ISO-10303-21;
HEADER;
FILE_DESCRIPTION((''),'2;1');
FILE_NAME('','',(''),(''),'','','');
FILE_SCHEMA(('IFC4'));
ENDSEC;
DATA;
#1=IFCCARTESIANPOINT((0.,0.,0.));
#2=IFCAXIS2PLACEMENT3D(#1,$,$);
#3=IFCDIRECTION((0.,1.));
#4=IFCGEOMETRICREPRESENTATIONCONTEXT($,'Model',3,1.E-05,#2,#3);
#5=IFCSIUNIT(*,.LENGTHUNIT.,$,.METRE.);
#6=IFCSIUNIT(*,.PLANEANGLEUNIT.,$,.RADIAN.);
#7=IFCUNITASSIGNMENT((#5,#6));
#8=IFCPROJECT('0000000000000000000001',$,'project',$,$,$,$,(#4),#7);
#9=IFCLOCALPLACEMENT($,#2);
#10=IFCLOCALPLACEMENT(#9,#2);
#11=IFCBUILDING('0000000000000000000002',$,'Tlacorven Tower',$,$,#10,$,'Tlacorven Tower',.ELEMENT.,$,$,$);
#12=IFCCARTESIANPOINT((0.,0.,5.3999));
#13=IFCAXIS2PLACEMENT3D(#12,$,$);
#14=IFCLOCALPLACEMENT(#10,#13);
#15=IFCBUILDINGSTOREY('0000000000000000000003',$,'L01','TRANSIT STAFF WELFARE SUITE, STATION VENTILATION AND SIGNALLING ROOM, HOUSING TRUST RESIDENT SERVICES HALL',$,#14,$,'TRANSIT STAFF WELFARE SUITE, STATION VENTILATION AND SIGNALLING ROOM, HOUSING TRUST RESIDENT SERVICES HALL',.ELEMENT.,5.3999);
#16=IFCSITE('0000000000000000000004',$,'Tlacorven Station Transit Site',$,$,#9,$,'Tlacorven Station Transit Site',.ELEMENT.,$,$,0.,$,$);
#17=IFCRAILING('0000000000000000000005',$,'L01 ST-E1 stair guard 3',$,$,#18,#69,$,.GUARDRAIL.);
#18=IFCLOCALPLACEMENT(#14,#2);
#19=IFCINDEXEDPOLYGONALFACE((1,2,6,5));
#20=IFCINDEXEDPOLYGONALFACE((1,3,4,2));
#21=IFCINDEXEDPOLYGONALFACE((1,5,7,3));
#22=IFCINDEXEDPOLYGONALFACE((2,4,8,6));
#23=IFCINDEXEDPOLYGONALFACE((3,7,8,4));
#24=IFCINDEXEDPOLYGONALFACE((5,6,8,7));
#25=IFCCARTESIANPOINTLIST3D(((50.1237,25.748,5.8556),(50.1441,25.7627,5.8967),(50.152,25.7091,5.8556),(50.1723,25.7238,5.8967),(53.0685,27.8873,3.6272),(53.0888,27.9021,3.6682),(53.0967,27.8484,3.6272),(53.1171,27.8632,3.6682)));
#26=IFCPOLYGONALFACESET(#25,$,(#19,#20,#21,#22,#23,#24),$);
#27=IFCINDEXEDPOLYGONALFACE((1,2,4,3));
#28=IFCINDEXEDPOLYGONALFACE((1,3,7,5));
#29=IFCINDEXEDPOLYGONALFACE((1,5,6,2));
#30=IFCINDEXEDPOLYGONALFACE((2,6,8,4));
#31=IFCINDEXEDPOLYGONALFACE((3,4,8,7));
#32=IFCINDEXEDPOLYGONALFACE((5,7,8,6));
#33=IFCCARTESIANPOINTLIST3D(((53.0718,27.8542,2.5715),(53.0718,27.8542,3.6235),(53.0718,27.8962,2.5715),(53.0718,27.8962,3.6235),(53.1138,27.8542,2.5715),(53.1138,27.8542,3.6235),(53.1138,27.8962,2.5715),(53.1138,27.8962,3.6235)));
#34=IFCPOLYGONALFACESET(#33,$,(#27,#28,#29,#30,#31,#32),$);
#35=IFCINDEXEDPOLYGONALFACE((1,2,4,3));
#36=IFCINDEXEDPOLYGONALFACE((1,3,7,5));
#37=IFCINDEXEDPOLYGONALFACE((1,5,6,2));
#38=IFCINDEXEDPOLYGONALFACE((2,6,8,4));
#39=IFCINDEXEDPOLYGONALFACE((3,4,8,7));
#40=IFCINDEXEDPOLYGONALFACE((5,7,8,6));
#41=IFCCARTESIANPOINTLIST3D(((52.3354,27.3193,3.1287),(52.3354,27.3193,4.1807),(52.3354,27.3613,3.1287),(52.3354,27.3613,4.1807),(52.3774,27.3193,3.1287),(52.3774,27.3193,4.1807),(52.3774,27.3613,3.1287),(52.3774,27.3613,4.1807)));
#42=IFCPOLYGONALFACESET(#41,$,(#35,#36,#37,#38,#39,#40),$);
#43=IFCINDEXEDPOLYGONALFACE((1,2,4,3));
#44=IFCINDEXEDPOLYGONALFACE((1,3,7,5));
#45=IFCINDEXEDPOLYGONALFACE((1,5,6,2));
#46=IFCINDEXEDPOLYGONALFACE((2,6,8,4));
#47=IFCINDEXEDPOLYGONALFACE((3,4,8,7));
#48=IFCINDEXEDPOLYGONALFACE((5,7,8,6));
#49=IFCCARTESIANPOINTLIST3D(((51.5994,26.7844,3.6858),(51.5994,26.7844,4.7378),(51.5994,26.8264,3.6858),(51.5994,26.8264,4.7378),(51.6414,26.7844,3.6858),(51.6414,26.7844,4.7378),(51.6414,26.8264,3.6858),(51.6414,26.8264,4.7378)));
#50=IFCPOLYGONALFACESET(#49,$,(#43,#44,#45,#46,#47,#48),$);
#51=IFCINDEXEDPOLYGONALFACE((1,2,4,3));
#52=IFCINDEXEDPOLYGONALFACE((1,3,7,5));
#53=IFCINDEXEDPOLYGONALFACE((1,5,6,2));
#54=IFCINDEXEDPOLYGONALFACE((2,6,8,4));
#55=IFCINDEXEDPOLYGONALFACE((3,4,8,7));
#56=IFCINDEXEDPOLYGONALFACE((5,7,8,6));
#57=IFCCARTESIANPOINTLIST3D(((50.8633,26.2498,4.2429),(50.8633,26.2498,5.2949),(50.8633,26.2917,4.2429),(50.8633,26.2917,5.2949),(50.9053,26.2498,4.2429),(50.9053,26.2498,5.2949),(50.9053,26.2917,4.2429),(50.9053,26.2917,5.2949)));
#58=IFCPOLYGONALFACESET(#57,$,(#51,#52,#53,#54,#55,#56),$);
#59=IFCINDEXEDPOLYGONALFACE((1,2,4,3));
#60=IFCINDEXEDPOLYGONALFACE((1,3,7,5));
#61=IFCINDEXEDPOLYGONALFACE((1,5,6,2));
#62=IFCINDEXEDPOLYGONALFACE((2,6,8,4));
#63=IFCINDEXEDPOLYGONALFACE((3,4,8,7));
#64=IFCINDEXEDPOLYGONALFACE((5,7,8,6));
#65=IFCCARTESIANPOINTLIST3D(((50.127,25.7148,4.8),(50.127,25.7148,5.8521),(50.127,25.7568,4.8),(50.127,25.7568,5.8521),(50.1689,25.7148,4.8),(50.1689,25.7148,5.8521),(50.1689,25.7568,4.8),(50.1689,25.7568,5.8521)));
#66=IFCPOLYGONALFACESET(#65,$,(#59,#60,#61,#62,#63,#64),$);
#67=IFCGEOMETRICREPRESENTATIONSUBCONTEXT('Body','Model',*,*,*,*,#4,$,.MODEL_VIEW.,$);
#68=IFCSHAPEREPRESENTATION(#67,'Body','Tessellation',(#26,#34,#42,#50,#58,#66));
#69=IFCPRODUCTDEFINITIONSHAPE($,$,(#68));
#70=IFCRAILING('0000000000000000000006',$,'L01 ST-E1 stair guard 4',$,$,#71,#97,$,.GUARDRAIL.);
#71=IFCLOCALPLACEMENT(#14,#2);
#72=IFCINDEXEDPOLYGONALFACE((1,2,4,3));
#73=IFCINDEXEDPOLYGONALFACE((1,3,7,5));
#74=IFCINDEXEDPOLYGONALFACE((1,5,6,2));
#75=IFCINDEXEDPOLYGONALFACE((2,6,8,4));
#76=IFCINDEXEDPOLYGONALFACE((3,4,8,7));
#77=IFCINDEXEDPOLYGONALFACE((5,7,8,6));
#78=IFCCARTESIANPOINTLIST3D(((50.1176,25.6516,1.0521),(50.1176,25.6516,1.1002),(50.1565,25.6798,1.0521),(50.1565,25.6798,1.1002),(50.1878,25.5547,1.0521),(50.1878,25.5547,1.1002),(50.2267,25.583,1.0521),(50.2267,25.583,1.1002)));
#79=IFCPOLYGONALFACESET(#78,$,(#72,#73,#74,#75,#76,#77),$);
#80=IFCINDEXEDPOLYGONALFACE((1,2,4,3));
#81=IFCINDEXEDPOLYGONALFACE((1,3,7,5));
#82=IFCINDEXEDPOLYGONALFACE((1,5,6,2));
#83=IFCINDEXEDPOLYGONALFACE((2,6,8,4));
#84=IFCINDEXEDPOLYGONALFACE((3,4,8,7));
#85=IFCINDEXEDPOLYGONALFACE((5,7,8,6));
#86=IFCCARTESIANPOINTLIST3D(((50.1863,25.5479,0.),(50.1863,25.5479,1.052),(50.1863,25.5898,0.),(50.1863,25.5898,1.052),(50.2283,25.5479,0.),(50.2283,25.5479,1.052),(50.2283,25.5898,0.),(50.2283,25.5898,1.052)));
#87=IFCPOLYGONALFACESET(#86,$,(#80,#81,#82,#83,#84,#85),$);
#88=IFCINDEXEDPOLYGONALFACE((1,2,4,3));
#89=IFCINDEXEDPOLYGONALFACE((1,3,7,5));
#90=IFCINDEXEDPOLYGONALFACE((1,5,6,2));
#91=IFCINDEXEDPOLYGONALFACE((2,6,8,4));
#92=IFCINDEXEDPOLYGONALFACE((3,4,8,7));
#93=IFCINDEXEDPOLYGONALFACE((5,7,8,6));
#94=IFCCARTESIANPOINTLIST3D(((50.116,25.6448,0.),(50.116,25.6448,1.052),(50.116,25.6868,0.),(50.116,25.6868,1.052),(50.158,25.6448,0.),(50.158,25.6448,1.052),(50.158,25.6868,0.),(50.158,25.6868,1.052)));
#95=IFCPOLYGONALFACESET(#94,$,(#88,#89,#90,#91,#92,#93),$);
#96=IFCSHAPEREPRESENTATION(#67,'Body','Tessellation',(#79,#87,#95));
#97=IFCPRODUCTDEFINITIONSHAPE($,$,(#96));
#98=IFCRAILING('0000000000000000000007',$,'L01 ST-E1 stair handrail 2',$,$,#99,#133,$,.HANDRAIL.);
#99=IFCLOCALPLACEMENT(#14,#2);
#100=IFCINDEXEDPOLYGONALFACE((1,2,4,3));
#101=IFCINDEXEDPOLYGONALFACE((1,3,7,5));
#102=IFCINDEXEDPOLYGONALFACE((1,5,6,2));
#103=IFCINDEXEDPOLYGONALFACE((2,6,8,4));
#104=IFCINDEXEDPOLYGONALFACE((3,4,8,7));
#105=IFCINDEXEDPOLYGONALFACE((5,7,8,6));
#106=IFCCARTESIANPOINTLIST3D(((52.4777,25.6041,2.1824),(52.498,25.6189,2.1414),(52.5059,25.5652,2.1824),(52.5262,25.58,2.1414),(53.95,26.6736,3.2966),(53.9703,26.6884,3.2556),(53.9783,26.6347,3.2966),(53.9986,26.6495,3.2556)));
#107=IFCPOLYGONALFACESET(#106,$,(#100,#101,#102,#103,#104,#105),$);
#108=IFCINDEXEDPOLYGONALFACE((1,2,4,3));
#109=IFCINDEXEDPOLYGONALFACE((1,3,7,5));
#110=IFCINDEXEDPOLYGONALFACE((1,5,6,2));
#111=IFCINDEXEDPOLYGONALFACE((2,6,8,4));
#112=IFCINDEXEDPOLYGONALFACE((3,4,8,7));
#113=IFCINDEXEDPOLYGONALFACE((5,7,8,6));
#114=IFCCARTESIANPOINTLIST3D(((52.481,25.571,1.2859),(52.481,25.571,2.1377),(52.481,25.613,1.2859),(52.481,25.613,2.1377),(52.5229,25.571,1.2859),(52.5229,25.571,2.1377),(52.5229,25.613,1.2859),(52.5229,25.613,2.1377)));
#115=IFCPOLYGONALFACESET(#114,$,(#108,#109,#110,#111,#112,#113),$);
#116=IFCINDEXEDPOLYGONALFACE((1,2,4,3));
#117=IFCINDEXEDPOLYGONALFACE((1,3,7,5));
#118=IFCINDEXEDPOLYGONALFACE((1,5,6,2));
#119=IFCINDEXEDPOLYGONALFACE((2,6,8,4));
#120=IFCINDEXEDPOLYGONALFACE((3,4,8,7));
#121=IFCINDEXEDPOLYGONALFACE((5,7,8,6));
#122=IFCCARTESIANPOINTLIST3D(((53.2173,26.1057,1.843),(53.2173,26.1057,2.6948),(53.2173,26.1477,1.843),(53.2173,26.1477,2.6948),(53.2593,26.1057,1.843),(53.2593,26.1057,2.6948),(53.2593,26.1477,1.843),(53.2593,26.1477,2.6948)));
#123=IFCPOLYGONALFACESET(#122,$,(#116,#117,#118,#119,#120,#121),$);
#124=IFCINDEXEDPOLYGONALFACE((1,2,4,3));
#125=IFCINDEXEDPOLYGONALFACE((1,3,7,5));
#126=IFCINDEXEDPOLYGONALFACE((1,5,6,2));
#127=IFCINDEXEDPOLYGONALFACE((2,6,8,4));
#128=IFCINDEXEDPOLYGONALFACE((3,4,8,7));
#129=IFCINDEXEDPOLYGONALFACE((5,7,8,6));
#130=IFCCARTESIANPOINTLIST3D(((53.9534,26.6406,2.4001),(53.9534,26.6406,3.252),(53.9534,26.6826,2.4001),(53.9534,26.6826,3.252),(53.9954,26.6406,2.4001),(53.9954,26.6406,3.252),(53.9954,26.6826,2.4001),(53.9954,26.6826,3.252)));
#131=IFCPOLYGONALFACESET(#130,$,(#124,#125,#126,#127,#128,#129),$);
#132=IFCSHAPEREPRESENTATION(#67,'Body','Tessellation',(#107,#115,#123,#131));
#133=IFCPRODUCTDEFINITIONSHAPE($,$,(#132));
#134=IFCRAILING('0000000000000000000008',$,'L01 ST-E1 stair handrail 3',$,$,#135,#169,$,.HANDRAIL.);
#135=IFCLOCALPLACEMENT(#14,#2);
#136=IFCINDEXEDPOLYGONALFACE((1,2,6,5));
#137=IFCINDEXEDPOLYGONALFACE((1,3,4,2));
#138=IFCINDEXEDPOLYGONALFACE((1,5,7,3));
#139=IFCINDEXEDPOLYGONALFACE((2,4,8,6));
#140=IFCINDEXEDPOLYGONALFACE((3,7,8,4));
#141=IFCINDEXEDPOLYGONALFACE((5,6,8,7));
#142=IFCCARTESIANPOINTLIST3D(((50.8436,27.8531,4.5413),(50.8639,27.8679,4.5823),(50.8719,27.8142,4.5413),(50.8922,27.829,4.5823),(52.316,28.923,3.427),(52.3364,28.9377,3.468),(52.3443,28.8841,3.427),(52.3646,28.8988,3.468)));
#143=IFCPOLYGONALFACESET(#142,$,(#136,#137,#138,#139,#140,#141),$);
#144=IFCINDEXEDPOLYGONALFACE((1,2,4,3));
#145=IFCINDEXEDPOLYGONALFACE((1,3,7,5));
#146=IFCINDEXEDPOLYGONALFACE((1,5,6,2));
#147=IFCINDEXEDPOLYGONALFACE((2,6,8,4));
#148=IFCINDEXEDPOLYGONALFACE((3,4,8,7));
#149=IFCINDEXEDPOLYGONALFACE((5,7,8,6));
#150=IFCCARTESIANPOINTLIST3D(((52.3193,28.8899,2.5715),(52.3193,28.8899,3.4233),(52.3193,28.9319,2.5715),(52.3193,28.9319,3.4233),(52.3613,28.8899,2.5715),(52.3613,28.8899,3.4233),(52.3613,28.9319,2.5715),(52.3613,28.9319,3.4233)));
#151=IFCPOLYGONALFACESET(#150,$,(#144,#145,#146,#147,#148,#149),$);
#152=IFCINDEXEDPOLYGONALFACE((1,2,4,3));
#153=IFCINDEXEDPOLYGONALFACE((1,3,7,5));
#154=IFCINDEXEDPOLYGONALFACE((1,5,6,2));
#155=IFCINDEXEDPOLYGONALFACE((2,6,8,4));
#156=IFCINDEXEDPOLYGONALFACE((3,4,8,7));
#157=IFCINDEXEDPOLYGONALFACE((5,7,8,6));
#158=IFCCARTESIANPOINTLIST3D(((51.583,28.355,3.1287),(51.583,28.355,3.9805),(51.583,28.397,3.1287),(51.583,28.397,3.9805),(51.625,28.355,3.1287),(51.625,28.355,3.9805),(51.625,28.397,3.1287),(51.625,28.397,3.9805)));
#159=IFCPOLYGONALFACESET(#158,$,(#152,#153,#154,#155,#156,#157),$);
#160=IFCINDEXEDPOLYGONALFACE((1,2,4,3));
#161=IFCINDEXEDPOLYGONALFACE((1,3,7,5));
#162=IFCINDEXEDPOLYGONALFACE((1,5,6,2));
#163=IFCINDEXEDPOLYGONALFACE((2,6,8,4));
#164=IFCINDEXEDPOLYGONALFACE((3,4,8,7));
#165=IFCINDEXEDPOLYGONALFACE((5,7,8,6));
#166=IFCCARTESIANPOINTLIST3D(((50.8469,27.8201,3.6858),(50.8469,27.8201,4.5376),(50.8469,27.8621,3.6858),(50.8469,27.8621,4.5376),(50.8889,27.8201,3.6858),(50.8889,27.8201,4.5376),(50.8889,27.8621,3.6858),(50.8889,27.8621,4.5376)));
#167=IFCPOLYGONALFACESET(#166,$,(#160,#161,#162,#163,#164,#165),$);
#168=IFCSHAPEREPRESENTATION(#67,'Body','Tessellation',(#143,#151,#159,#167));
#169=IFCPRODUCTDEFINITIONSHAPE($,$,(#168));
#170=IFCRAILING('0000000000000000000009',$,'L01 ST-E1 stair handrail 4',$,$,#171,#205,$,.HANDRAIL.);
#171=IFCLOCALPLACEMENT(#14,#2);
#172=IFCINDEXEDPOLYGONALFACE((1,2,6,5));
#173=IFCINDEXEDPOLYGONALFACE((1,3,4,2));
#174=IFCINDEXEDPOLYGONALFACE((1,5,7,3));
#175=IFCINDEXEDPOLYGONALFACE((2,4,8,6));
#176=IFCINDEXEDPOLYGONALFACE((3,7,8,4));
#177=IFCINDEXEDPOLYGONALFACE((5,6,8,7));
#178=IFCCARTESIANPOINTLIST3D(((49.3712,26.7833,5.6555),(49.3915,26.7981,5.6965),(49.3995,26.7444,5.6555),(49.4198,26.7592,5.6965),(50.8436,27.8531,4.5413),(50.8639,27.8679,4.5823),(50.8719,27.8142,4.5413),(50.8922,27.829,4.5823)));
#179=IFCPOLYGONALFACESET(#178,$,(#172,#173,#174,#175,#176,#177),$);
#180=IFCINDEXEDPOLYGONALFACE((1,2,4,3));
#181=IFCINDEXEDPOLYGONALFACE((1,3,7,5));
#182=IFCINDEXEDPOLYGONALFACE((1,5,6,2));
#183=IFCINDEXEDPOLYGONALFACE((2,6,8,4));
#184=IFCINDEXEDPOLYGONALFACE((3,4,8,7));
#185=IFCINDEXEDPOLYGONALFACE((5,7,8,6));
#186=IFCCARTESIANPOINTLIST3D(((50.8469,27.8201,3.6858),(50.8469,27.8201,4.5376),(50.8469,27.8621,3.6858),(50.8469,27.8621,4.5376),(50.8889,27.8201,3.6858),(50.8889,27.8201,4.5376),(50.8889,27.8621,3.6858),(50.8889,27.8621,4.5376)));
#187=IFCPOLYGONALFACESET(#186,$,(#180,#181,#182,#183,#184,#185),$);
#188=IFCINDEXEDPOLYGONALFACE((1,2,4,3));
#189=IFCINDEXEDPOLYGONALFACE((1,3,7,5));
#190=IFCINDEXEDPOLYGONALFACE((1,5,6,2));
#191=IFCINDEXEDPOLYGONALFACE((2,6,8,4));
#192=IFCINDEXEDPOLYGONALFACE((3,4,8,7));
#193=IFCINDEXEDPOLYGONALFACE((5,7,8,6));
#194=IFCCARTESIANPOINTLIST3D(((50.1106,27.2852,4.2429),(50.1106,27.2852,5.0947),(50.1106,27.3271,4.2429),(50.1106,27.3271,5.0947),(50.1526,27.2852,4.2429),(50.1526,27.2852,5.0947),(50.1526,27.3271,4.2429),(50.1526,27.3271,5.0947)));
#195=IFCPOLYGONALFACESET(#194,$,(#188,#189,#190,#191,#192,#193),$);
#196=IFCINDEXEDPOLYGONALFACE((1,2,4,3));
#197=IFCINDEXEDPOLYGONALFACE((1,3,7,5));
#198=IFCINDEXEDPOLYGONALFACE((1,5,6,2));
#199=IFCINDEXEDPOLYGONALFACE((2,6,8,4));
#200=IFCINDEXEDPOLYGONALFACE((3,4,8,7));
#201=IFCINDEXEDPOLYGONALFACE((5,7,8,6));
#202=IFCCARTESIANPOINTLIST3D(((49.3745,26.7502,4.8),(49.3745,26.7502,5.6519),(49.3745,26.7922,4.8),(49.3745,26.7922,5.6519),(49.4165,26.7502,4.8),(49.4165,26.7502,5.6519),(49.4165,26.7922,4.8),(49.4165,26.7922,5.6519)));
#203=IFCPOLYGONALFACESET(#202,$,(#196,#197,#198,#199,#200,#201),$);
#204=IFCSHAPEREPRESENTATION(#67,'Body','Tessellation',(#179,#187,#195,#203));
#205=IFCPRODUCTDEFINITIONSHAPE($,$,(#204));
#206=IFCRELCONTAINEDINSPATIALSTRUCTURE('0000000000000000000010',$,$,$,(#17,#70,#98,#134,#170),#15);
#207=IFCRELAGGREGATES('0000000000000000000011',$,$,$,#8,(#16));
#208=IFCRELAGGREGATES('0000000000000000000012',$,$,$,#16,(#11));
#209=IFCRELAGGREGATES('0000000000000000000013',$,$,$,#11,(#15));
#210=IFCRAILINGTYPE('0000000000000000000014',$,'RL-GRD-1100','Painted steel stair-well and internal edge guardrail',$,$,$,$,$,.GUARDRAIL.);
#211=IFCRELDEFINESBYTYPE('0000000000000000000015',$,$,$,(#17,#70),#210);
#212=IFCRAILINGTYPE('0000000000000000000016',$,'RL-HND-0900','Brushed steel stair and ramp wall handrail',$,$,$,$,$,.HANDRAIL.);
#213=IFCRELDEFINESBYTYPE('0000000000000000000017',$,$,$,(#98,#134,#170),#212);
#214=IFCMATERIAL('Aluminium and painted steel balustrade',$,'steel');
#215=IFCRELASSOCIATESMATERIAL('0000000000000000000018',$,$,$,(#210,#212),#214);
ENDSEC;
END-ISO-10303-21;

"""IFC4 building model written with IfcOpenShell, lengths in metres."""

from ifc_helpers import new_model, si_unit, direction, frame, origin, origin_2d, place, context, subcontext, project, spatial, rectangle, extrude, source, transform, mapped, material, type_object, element, save


model = new_model("IFC4")

# Units and contexts
model_context = context("Model", 3, precision=1e-05, world=origin(), true_north=direction((0.0, 1.0)))
body_context = subcontext(model_context, "Body", "Model", "MODEL_VIEW")
ifc_project = project(units=[si_unit("LENGTHUNIT", "METRE"), si_unit("PLANEANGLEUNIT", "RADIAN")], contexts=[model_context])

# Site, building, storey
site_placement = place(None, origin())
site = spatial("IfcSite", under=ifc_project, at=site_placement, Name="Tlacorven Station Transit Site", LongName="Tlacorven Station Transit Site", CompositionType="ELEMENT", RefElevation=0.0)
building_placement = place(site_placement, origin())
building = spatial("IfcBuilding", under=site, at=building_placement, Name="Tlacorven Tower", LongName="Tlacorven Tower", CompositionType="ELEMENT")
storey_placement = place(building_placement, frame((0.0, 0.0, 5.3999)))
storey = spatial("IfcBuildingStorey", under=building, at=storey_placement, Name="L01", Description="TRANSIT STAFF WELFARE SUITE, STATION VENTILATION AND SIGNALLING ROOM, HOUSING TRUST RESIDENT SERVICES HALL", LongName="TRANSIT STAFF WELFARE SUITE, STATION VENTILATION AND SIGNALLING ROOM, HOUSING TRUST RESIDENT SERVICES HALL", CompositionType="ELEMENT", Elevation=5.3999)

# Railings
ifc_material_1 = material(Name="Aluminium and painted steel balustrade", Category="steel")
railing_type_1 = type_object("IfcRailingType", Name="RL-GRD-1100", Description="Painted steel stair-well and internal edge guardrail", PredefinedType="GUARDRAIL", material=ifc_material_1)
shared_shape_1 = source(origin(), body_context, "Body", "SweptSolid", [
    extrude(rectangle(XDim=0.0481, YDim=0.0481, at=origin_2d()), frame((0.0, 0.0, 1.0762), z_axis=(-0.689987, -0.501273, 0.522152), x_axis=(0.587761, -0.809035, 0.0)), (0.0, 0.0, 1.0), 4.2678),
    extrude(rectangle(XDim=0.042, YDim=0.042, at=origin_2d()), origin(), (0.0, 0.0, 1.0), 1.052),
    extrude(rectangle(XDim=0.042, YDim=0.042, at=origin_2d()), frame((-0.7363, -0.5349, 0.5571)), (0.0, 0.0, 1.0), 1.052),
    extrude(rectangle(XDim=0.042, YDim=0.042, at=origin_2d()), frame((-1.4724, -1.0698, 1.1143)), (0.0, 0.0, 1.0), 1.052),
    extrude(rectangle(XDim=0.042, YDim=0.042, at=origin_2d()), frame((-2.2085, -1.6045, 1.6714)), (0.0, 0.0, 1.0), 1.052),
    extrude(rectangle(XDim=0.042, YDim=0.042, at=origin_2d()), frame((-2.9448, -2.1394, 2.2285)), (0.0, 0.0, 1.0), 1.052),
])
railing_1_placement = place(storey_placement, frame((53.0928, 27.8752, 2.5715)))
element("IfcRailing", 1, at=railing_1_placement, inside=storey, type_object=railing_type_1, Name="L01 ST-E1 stair guard 3", PredefinedType="GUARDRAIL", context=body_context, shape_type="MappedRepresentation", body=[
    mapped(shared_shape_1, transform((0.0, 0.0, 0.0), scale=1.0)),
])
shared_shape_2 = source(origin(), body_context, "Body", "SweptSolid", [
    extrude(rectangle(XDim=0.0481, YDim=0.0481, at=origin_2d()), frame((0.0, 0.0, 1.0762), z_axis=(-0.587201, 0.809441, 0.0), x_axis=(-0.809441, -0.587201, 0.0)), (0.0, 0.0, 1.0), 0.1196),
    extrude(rectangle(XDim=0.042, YDim=0.042, at=origin_2d()), origin(), (0.0, 0.0, 1.0), 1.052),
    extrude(rectangle(XDim=0.042, YDim=0.042, at=origin_2d()), frame((-0.0703, 0.0969, 0.0)), (0.0, 0.0, 1.0), 1.052),
])
railing_2_placement = place(storey_placement, frame((50.2073, 25.5688, 0.0)))
element("IfcRailing", 2, at=railing_2_placement, inside=storey, type_object=railing_type_1, Name="L01 ST-E1 stair guard 4", PredefinedType="GUARDRAIL", context=body_context, shape_type="MappedRepresentation", body=[
    mapped(shared_shape_2, transform((0.0, 0.0, 0.0), scale=1.0)),
])
railing_type_2 = type_object("IfcRailingType", Name="RL-HND-0900", Description="Brushed steel stair and ramp wall handrail", PredefinedType="HANDRAIL", material=ifc_material_1)
shared_shape_3 = source(origin(), body_context, "Body", "SweptSolid", [
    extrude(rectangle(XDim=0.0481, YDim=0.0481, at=origin_2d()), frame((0.0, 0.0, 0.876), z_axis=(0.690007, 0.50123, 0.522167), x_axis=(-0.587717, 0.809067, 0.0)), (0.0, 0.0, 1.0), 2.1338),
    extrude(rectangle(XDim=0.042, YDim=0.042, at=origin_2d()), origin(), (0.0, 0.0, 1.0), 0.8518),
    extrude(rectangle(XDim=0.042, YDim=0.042, at=origin_2d()), frame((0.7363, 0.5347, 0.5571)), (0.0, 0.0, 1.0), 0.8518),
    extrude(rectangle(XDim=0.042, YDim=0.042, at=origin_2d()), frame((1.4724, 1.0696, 1.1143)), (0.0, 0.0, 1.0), 0.8518),
])
railing_3_placement = place(storey_placement, frame((52.502, 25.592, 1.2859)))
element("IfcRailing", 3, at=railing_3_placement, inside=storey, type_object=railing_type_2, Name="L01 ST-E1 stair handrail 2", PredefinedType="HANDRAIL", context=body_context, shape_type="MappedRepresentation", body=[
    mapped(shared_shape_3, transform((0.0, 0.0, 0.0), scale=1.0)),
])
shared_shape_4 = source(origin(), body_context, "Body", "SweptSolid", [
    extrude(rectangle(XDim=0.0481, YDim=0.0481, at=origin_2d()), frame((0.0, 0.0, 0.876), z_axis=(-0.689967, -0.501316, 0.522137), x_axis=(0.587805, -0.809003, 0.0)), (0.0, 0.0, 1.0), 2.134),
    extrude(rectangle(XDim=0.042, YDim=0.042, at=origin_2d()), origin(), (0.0, 0.0, 1.0), 0.8518),
    extrude(rectangle(XDim=0.042, YDim=0.042, at=origin_2d()), frame((-0.7363, -0.5349, 0.5571)), (0.0, 0.0, 1.0), 0.8518),
    extrude(rectangle(XDim=0.042, YDim=0.042, at=origin_2d()), frame((-1.4724, -1.0698, 1.1143)), (0.0, 0.0, 1.0), 0.8518),
])
for number, where, name in (
    (4, (52.3403, 28.9109, 2.5715), "L01 ST-E1 stair handrail 3"),
    (5, (50.8679, 27.8411, 3.6858), "L01 ST-E1 stair handrail 4"),
):
    element("IfcRailing", number, at=place(storey_placement, frame(where)), inside=storey, type_object=railing_type_2, Name=name, PredefinedType="HANDRAIL", context=body_context, shape_type="MappedRepresentation", body=[
        mapped(shared_shape_4, transform((0.0, 0.0, 0.0), scale=1.0)),
    ])

save(model, "model.ifc")
